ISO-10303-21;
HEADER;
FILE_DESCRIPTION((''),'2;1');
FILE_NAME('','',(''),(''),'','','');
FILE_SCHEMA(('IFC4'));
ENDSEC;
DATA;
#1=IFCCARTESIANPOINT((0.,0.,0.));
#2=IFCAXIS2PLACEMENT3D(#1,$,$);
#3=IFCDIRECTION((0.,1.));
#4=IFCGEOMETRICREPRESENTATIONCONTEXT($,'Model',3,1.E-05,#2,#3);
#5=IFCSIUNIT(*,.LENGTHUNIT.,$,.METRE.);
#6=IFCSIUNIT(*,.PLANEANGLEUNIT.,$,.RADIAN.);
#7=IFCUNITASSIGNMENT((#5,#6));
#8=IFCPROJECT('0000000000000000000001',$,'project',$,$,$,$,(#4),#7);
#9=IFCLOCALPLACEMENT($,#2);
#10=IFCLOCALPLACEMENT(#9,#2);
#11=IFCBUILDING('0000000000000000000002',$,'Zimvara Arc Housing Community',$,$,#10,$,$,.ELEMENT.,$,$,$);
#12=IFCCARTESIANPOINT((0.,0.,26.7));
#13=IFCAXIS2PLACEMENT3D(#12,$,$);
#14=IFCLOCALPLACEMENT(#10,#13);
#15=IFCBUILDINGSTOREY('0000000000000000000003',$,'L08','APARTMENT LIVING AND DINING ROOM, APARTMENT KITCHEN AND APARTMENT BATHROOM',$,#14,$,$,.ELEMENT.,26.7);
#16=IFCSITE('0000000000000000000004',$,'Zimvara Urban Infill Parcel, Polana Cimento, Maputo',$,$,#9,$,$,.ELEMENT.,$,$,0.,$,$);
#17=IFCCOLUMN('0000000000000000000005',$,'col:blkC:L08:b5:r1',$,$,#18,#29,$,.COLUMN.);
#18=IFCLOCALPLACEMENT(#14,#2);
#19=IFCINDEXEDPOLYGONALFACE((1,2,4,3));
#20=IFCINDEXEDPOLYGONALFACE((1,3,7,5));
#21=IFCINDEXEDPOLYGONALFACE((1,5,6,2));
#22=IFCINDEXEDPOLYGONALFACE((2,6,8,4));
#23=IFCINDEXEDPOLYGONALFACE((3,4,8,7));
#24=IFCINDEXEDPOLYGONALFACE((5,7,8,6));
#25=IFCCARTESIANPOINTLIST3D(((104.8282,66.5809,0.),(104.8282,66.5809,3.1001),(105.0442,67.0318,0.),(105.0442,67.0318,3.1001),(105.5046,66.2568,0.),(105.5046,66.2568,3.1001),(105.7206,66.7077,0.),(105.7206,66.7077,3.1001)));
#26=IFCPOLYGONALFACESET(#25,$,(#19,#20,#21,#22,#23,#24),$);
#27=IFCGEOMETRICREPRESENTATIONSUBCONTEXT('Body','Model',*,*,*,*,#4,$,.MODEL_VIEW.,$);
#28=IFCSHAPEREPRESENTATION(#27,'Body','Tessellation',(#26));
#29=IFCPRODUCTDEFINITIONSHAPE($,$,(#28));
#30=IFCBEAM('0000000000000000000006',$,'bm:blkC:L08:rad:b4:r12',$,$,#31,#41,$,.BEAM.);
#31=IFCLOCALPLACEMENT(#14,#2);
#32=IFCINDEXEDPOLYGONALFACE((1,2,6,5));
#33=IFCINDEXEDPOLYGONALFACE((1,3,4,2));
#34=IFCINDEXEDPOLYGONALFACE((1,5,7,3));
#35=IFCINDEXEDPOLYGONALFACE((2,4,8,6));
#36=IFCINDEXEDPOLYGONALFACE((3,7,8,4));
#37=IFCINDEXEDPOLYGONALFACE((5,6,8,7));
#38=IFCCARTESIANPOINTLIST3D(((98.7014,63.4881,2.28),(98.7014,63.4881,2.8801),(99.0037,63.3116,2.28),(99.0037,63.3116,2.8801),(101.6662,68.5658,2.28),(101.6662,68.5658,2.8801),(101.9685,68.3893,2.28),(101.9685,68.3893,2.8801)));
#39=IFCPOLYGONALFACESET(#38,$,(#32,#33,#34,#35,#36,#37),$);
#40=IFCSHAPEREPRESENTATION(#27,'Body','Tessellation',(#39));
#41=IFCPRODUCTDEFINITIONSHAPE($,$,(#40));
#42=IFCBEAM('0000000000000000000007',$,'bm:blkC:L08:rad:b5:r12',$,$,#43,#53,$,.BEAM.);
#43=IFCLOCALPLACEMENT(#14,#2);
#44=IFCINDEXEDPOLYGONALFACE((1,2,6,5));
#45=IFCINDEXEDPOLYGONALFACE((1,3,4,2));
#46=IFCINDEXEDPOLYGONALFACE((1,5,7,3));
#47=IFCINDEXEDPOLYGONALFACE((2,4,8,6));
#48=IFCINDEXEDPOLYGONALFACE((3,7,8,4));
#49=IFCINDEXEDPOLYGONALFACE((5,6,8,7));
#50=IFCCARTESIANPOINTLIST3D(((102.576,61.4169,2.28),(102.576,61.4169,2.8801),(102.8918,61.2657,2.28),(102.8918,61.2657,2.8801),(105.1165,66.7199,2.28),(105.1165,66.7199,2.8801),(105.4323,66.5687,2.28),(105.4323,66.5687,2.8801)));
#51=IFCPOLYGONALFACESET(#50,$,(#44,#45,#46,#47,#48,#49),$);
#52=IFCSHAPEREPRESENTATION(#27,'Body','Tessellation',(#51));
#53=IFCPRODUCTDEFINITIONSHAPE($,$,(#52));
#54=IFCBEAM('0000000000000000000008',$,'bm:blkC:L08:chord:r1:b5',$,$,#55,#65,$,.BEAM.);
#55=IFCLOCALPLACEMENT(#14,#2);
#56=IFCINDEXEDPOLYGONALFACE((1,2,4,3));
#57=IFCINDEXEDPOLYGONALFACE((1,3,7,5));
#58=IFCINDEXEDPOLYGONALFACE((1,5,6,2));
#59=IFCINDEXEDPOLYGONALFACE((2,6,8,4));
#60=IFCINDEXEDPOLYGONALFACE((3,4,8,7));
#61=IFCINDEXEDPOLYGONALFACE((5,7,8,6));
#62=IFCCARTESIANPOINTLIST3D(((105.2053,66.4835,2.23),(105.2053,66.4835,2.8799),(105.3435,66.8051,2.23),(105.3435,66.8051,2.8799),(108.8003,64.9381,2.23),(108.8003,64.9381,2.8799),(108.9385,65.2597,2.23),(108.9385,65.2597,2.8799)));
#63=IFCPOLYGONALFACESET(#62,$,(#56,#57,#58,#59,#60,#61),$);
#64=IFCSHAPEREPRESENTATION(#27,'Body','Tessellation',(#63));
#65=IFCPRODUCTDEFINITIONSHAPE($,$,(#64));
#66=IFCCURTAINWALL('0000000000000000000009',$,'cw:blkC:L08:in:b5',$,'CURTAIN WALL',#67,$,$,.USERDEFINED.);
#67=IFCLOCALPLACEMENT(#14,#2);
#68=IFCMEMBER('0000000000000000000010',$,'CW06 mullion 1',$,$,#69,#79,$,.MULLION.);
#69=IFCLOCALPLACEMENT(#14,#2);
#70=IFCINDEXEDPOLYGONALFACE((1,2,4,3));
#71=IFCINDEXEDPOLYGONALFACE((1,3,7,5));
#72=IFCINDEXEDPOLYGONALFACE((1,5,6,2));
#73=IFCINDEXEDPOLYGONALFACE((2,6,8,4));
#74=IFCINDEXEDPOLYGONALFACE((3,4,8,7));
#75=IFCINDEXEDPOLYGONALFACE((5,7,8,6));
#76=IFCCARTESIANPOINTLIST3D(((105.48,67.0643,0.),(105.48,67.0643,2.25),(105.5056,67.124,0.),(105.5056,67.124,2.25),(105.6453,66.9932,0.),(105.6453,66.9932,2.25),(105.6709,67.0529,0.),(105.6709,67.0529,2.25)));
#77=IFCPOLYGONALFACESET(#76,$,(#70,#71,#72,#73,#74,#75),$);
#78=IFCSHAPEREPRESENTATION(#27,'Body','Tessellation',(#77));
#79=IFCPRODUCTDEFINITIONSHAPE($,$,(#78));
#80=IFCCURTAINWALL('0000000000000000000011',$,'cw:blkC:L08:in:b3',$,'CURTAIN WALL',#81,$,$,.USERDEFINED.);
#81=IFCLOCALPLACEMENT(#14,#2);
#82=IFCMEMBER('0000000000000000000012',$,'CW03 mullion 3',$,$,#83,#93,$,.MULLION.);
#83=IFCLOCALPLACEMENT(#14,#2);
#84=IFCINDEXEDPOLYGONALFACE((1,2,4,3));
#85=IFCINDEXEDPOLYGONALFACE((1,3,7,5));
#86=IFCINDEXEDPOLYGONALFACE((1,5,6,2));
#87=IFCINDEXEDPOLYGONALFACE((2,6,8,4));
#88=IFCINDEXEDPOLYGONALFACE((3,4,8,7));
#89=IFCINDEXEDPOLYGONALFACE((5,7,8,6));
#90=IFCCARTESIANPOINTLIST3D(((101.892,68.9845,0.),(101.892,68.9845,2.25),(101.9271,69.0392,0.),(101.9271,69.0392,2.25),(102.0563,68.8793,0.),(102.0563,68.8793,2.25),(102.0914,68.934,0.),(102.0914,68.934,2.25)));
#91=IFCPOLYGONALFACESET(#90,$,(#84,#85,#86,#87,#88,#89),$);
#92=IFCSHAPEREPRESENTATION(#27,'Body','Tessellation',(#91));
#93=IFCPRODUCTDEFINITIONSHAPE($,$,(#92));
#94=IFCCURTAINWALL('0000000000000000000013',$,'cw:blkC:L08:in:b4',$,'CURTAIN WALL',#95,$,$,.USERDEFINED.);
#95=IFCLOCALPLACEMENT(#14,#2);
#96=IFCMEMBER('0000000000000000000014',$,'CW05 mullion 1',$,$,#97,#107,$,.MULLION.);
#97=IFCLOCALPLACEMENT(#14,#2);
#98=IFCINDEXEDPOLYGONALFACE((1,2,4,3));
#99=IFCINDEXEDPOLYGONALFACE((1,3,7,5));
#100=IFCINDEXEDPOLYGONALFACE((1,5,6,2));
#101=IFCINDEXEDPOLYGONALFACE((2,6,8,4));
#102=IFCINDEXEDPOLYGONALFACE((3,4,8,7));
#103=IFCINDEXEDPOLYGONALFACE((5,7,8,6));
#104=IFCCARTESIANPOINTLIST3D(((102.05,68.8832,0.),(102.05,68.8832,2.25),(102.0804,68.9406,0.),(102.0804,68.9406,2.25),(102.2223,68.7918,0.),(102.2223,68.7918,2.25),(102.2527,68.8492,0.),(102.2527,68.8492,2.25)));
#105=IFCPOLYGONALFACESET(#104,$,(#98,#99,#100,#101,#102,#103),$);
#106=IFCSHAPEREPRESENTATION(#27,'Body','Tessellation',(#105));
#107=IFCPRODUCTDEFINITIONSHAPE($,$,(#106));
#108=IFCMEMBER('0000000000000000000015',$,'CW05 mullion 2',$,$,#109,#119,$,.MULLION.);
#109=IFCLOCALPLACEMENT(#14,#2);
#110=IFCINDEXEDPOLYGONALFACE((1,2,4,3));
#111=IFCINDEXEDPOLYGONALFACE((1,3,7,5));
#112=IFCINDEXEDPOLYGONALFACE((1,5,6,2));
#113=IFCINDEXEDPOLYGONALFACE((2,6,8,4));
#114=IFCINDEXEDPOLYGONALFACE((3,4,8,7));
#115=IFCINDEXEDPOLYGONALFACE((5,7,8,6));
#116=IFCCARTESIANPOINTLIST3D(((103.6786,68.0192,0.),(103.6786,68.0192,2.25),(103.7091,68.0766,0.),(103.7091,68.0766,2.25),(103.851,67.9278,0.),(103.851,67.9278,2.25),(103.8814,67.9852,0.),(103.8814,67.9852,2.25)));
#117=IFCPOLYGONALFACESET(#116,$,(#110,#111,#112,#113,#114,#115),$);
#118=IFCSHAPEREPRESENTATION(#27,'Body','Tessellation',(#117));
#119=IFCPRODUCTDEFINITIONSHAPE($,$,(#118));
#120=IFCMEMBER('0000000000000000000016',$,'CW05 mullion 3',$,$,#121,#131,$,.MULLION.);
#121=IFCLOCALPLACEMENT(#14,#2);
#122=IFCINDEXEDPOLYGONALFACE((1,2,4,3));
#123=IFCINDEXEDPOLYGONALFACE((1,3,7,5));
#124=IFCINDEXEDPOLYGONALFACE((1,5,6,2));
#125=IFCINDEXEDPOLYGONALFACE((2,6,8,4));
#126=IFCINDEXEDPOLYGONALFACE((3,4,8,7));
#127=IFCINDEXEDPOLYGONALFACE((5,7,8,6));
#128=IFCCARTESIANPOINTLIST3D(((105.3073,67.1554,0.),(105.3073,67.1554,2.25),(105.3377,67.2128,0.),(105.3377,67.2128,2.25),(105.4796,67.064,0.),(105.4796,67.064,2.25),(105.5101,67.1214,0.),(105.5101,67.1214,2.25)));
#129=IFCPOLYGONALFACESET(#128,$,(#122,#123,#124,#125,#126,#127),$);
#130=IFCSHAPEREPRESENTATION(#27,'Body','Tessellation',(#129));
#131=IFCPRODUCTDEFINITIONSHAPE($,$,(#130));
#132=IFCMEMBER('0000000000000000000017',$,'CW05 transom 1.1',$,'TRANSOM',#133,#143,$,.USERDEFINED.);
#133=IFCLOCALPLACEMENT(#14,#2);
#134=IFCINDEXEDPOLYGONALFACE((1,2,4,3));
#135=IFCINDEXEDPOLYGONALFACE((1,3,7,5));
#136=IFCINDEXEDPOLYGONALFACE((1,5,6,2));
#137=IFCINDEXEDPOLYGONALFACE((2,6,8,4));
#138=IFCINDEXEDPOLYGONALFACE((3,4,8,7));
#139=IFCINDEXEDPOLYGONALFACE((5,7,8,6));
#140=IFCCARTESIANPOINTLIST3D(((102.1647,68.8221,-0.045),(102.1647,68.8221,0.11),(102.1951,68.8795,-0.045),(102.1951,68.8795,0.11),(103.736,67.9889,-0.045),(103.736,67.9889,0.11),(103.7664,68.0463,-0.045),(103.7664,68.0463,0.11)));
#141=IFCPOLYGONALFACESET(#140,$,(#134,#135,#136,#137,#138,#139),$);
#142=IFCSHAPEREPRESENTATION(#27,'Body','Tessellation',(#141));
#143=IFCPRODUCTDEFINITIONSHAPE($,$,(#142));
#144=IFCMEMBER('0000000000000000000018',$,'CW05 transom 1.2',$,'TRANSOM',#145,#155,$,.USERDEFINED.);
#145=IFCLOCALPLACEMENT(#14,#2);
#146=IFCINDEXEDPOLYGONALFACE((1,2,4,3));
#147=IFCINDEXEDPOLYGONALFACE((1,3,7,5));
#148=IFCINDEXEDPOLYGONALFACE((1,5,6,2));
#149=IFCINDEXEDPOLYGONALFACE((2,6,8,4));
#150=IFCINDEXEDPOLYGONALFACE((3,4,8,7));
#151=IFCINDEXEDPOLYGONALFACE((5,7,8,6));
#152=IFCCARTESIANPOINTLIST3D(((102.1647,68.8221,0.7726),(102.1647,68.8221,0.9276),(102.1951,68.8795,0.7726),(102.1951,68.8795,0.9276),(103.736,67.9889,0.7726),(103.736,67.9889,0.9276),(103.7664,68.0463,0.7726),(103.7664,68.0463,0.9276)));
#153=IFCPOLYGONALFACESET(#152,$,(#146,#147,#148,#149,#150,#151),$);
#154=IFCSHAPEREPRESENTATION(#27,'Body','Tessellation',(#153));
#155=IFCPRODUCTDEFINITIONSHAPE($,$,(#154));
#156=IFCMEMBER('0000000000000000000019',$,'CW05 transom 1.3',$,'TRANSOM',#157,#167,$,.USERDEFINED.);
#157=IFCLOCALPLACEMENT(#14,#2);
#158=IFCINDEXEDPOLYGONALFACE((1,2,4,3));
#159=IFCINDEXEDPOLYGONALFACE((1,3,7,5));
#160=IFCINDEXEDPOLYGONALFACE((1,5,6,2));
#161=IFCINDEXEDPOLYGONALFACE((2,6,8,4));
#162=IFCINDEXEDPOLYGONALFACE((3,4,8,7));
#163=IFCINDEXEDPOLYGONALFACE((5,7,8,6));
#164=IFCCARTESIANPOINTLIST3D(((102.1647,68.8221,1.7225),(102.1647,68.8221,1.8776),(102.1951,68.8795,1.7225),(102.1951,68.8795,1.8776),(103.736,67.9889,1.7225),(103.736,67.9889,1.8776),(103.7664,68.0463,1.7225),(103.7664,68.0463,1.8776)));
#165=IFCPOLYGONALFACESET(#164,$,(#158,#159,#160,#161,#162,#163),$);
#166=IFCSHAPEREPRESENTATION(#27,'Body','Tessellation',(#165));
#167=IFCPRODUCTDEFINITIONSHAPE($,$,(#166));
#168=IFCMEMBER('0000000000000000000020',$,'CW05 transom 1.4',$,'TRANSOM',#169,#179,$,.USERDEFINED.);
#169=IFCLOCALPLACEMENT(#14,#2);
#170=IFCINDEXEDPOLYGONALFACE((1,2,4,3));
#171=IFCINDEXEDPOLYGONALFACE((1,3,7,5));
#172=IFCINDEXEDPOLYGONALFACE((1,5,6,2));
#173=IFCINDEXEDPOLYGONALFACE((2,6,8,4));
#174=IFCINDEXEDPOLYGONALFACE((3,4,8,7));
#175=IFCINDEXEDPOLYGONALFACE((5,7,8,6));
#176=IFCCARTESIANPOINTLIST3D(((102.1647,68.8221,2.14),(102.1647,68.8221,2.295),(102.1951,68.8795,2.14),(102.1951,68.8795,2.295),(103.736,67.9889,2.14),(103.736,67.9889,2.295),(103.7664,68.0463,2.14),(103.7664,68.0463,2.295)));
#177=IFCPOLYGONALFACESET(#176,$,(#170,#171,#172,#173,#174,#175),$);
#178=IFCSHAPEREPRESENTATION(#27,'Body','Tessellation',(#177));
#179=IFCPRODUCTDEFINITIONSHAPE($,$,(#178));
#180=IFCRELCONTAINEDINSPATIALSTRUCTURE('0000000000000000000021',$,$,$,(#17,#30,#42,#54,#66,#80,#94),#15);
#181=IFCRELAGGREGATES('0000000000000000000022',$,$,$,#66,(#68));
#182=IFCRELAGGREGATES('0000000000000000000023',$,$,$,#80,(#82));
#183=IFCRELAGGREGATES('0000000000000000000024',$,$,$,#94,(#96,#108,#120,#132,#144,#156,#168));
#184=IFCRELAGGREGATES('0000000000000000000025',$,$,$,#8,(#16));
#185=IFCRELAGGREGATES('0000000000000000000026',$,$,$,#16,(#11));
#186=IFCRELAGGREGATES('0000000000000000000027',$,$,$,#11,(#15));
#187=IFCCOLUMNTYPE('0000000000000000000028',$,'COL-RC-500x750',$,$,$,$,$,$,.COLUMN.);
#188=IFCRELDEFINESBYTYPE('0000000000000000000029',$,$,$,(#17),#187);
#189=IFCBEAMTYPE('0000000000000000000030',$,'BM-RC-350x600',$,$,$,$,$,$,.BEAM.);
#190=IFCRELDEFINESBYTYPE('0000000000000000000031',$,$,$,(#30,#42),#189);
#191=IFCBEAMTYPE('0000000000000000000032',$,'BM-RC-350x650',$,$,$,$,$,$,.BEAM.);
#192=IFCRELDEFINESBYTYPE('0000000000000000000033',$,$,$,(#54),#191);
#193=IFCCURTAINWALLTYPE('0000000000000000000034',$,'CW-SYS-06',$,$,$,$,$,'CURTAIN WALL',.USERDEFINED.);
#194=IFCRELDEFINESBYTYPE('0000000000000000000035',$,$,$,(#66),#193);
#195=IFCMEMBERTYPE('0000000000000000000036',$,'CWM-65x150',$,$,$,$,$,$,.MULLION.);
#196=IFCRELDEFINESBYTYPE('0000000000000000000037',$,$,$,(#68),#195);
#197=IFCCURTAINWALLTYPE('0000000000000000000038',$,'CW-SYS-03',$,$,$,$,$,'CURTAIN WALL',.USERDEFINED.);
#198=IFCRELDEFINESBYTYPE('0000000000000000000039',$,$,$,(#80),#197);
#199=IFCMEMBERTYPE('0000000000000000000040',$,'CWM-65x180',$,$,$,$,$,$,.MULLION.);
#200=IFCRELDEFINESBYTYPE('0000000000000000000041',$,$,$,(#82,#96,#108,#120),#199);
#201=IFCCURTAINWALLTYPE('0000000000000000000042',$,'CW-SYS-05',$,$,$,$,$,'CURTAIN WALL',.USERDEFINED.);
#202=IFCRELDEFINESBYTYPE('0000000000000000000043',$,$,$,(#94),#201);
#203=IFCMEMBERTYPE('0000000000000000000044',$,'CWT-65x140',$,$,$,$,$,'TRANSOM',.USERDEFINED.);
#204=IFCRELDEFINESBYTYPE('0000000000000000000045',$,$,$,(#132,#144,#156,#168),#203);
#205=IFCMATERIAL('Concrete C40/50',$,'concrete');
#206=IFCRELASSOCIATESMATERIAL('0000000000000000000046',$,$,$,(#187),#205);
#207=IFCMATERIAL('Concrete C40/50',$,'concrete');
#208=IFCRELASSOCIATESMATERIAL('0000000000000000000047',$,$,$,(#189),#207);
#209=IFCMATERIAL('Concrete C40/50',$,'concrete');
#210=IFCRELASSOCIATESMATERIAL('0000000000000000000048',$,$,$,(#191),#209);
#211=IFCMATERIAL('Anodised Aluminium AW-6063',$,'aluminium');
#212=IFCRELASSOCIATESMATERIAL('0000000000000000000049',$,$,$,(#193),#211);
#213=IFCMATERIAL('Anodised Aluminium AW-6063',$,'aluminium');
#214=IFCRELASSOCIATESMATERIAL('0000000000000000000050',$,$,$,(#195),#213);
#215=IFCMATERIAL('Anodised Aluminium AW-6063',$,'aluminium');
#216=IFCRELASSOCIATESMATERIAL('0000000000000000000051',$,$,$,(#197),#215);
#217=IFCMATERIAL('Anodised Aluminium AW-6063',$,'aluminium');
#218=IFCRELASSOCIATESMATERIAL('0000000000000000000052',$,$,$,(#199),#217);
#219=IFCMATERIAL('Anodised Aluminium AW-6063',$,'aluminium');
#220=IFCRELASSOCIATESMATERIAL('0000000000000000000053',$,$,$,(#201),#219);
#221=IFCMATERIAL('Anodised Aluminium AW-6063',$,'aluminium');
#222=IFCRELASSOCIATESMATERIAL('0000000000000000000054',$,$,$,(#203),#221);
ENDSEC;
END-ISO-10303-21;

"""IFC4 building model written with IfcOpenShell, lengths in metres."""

from ifc_helpers import new_model, si_unit, direction, frame, origin, origin_2d, place, context, subcontext, project, spatial, rectangle, extrude, material, material_profile, profile_set, type_object, element, aggregate, save


model = new_model("IFC4")

# Units and contexts
model_context = context("Model", 3, precision=1e-05, world=origin(), true_north=direction((0.0, 1.0)))
body_context = subcontext(model_context, "Body", "Model", "MODEL_VIEW")
ifc_project = project(units=[si_unit("LENGTHUNIT", "METRE"), si_unit("PLANEANGLEUNIT", "RADIAN")], contexts=[model_context])

# Site, building, storey
site_placement = place(None, origin())
site = spatial("IfcSite", under=ifc_project, at=site_placement, Name="Zimvara Urban Infill Parcel, Polana Cimento, Maputo", CompositionType="ELEMENT", RefElevation=0.0)
building_placement = place(site_placement, origin())
building = spatial("IfcBuilding", under=site, at=building_placement, Name="Zimvara Arc Housing Community", CompositionType="ELEMENT")
storey_placement = place(building_placement, frame((0.0, 0.0, 26.7)))
storey = spatial("IfcBuildingStorey", under=building, at=storey_placement, Name="L08", Description="APARTMENT LIVING AND DINING ROOM, APARTMENT KITCHEN AND APARTMENT BATHROOM", CompositionType="ELEMENT", Elevation=26.7)

# Column
ifc_material_1 = material(Name="Concrete C40/50", Category="concrete")
ifc_material_profile_1 = material_profile(ifc_material_1, rectangle(XDim=0.5, YDim=0.75, at=origin_2d()), Name="RC 500x750")
ifc_profile_set_1 = profile_set([ifc_material_profile_1], Name="Concrete C40/50")
column_type = type_object("IfcColumnType", Name="COL-RC-500x750", PredefinedType="COLUMN", material=ifc_profile_set_1)
column_placement = place(storey_placement, frame((105.2744, 66.6443, 0.0), z_axis=(0.0, 0.0, 1.0), x_axis=(-0.432086, -0.901833, 0.0)))
element("IfcColumn", 1, at=column_placement, inside=storey, type_object=column_type, Name="col:blkC:L08:b5:r1", PredefinedType="COLUMN", context=body_context, shape_type="SweptSolid", body=[
    extrude(rectangle(XDim=0.5, YDim=0.75, at=origin_2d()), origin(), (0.0, 0.0, 1.0), 3.1001),
])

# Beams
ifc_material_2 = material(Name="Concrete C40/50", Category="concrete")
ifc_material_profile_2 = material_profile(ifc_material_2, rectangle(XDim=0.3501, YDim=0.6001, at=origin_2d()), Name="RC 350x600")
ifc_profile_set_2 = profile_set([ifc_material_profile_2], Name="Concrete C40/50")
beam_type_1 = type_object("IfcBeamType", Name="BM-RC-350x600", PredefinedType="BEAM", material=ifc_profile_set_2)
beam_1_placement = place(storey_placement, frame((101.8174, 68.4775, 2.5801), z_axis=(-0.504238, -0.863565, 0.0), x_axis=(0.863565, -0.504238, 0.0)))
element("IfcBeam", 2, at=beam_1_placement, inside=storey, type_object=beam_type_1, Name="bm:blkC:L08:rad:b4:r12", PredefinedType="BEAM", context=body_context, shape_type="SweptSolid", body=[
    extrude(rectangle(XDim=0.3501, YDim=0.6001, at=origin_2d()), origin(), (0.0, 0.0, 1.0), 5.8799),
])
beam_2_placement = place(storey_placement, frame((105.2744, 66.6443, 2.5801), z_axis=(-0.432053, -0.901848, 0.0), x_axis=(0.901848, -0.432053, 0.0)))
element("IfcBeam", 3, at=beam_2_placement, inside=storey, type_object=beam_type_1, Name="bm:blkC:L08:rad:b5:r12", PredefinedType="BEAM", context=body_context, shape_type="SweptSolid", body=[
    extrude(rectangle(XDim=0.3501, YDim=0.6001, at=origin_2d()), origin(), (0.0, 0.0, 1.0), 5.8801),
])
ifc_material_3 = material(Name="Concrete C40/50", Category="concrete")
ifc_material_profile_3 = material_profile(ifc_material_3, rectangle(XDim=0.3501, YDim=0.6499, at=origin_2d()), Name="RC 350x650")
ifc_profile_set_3 = profile_set([ifc_material_profile_3], Name="Concrete C40/50")
beam_type_2 = type_object("IfcBeamType", Name="BM-RC-350x650", PredefinedType="BEAM", material=ifc_profile_set_3)
beam_3_placement = place(storey_placement, frame((105.2744, 66.6443, 2.5549), z_axis=(0.918709, -0.394936, 0.0), x_axis=(0.394936, 0.918709, 0.0)))
element("IfcBeam", 4, at=beam_3_placement, inside=storey, type_object=beam_type_2, Name="bm:blkC:L08:chord:r1:b5", PredefinedType="BEAM", context=body_context, shape_type="SweptSolid", body=[
    extrude(rectangle(XDim=0.3501, YDim=0.6499, at=origin_2d()), origin(), (0.0, 0.0, 1.0), 3.9131),
])

# Curtain walls, members
ifc_material_4 = material(Name="Anodised Aluminium AW-6063", Category="aluminium")
curtain_wall_type_1 = type_object("IfcCurtainWallType", Name="CW-SYS-06", ElementType="CURTAIN WALL", PredefinedType="USERDEFINED", material=ifc_material_4)
curtain_wall_1_placement = place(storey_placement, origin())
curtain_wall_1 = element("IfcCurtainWall", 5, at=curtain_wall_1_placement, inside=storey, type_object=curtain_wall_type_1, Name="cw:blkC:L08:in:b5", ObjectType="CURTAIN WALL", PredefinedType="USERDEFINED")
ifc_material_5 = material(Name="Anodised Aluminium AW-6063", Category="aluminium")
ifc_material_profile_4 = material_profile(ifc_material_5, rectangle(XDim=0.0649, YDim=0.1799, at=origin_2d()), Name="ALU 65x180")
ifc_profile_set_4 = profile_set([ifc_material_profile_4], Name="Anodised Aluminium AW-6063")
member_type_1 = type_object("IfcMemberType", Name="CWM-65x150", PredefinedType="MULLION", material=ifc_profile_set_4)
member_1_placement = place(storey_placement, frame((105.5754, 67.0586, 0.0), z_axis=(0.0, 0.0, 1.0), x_axis=(0.394904, 0.918722, 0.0)))
member_1 = element("IfcMember", 6, at=member_1_placement, type_object=member_type_1, Name="CW06 mullion 1", PredefinedType="MULLION", context=body_context, shape_type="SweptSolid", body=[
    extrude(rectangle(XDim=0.0649, YDim=0.1799, at=origin_2d()), origin(), (0.0, 0.0, 1.0), 2.25),
])
aggregate(curtain_wall_1, [member_1])
ifc_material_6 = material(Name="Anodised Aluminium AW-6063", Category="aluminium")
curtain_wall_type_2 = type_object("IfcCurtainWallType", Name="CW-SYS-03", ElementType="CURTAIN WALL", PredefinedType="USERDEFINED", material=ifc_material_6)
curtain_wall_2_placement = place(storey_placement, origin())
curtain_wall_2 = element("IfcCurtainWall", 7, at=curtain_wall_2_placement, inside=storey, type_object=curtain_wall_type_2, Name="cw:blkC:L08:in:b3", ObjectType="CURTAIN WALL", PredefinedType="USERDEFINED")
ifc_material_7 = material(Name="Anodised Aluminium AW-6063", Category="aluminium")
ifc_material_profile_5 = material_profile(ifc_material_7, rectangle(XDim=0.0649, YDim=0.1951, at=origin_2d()), Name="ALU 65x195")
ifc_profile_set_5 = profile_set([ifc_material_profile_5], Name="Anodised Aluminium AW-6063")
member_type_2 = type_object("IfcMemberType", Name="CWM-65x180", PredefinedType="MULLION", material=ifc_profile_set_5)
member_2_placement = place(storey_placement, frame((101.9917, 68.9592, 0.0), z_axis=(0.0, 0.0, 1.0), x_axis=(0.539065, 0.842264, 0.0)))
member_2 = element("IfcMember", 8, at=member_2_placement, type_object=member_type_2, Name="CW03 mullion 3", PredefinedType="MULLION", context=body_context, shape_type="SweptSolid", body=[
    extrude(rectangle(XDim=0.0649, YDim=0.1951, at=origin_2d()), origin(), (0.0, 0.0, 1.0), 2.25),
])
aggregate(curtain_wall_2, [member_2])

# Curtain wall, members
ifc_material_8 = material(Name="Anodised Aluminium AW-6063", Category="aluminium")
curtain_wall_type_3 = type_object("IfcCurtainWallType", Name="CW-SYS-05", ElementType="CURTAIN WALL", PredefinedType="USERDEFINED", material=ifc_material_8)
curtain_wall_3_placement = place(storey_placement, origin())
curtain_wall_3 = element("IfcCurtainWall", 9, at=curtain_wall_3_placement, inside=storey, type_object=curtain_wall_type_3, Name="cw:blkC:L08:in:b4", ObjectType="CURTAIN WALL", PredefinedType="USERDEFINED")
member_3_placement = place(storey_placement, frame((102.1514, 68.8662, 0.0), z_axis=(0.0, 0.0, 1.0), x_axis=(0.468547, 0.883439, 0.0)))
member_3 = element("IfcMember", 10, at=member_3_placement, type_object=member_type_2, Name="CW05 mullion 1", PredefinedType="MULLION", context=body_context, shape_type="SweptSolid", body=[
    extrude(rectangle(XDim=0.0649, YDim=0.1951, at=origin_2d()), origin(), (0.0, 0.0, 1.0), 2.25),
])
member_4_placement = place(storey_placement, frame((103.78, 68.0022, 0.0), z_axis=(0.0, 0.0, 1.0), x_axis=(0.468547, 0.883439, 0.0)))
member_4 = element("IfcMember", 11, at=member_4_placement, type_object=member_type_2, Name="CW05 mullion 2", PredefinedType="MULLION", context=body_context, shape_type="SweptSolid", body=[
    extrude(rectangle(XDim=0.0649, YDim=0.1951, at=origin_2d()), origin(), (0.0, 0.0, 1.0), 2.25),
])
member_5_placement = place(storey_placement, frame((105.4087, 67.1384, 0.0), z_axis=(0.0, 0.0, 1.0), x_axis=(0.468547, 0.883439, 0.0)))
member_5 = element("IfcMember", 12, at=member_5_placement, type_object=member_type_2, Name="CW05 mullion 3", PredefinedType="MULLION", context=body_context, shape_type="SweptSolid", body=[
    extrude(rectangle(XDim=0.0649, YDim=0.1951, at=origin_2d()), origin(), (0.0, 0.0, 1.0), 2.25),
])
ifc_material_9 = material(Name="Anodised Aluminium AW-6063", Category="aluminium")
ifc_material_profile_6 = material_profile(ifc_material_9, rectangle(XDim=0.0649, YDim=0.155, at=origin_2d()), Name="ALU 65x155")
ifc_profile_set_6 = profile_set([ifc_material_profile_6], Name="Anodised Aluminium AW-6063")
member_type_3 = type_object("IfcMemberType", Name="CWT-65x140", ElementType="TRANSOM", PredefinedType="USERDEFINED", material=ifc_profile_set_6)
member_6_placement = place(storey_placement, frame((102.1799, 68.8508, 0.0325), z_axis=(0.883464, -0.468499, 0.0), x_axis=(0.468499, 0.883464, 0.0)))
member_6 = element("IfcMember", 13, at=member_6_placement, type_object=member_type_3, Name="CW05 transom 1.1", ObjectType="TRANSOM", PredefinedType="USERDEFINED", context=body_context, shape_type="SweptSolid", body=[
    extrude(rectangle(XDim=0.0649, YDim=0.155, at=origin_2d()), origin(), (0.0, 0.0, 1.0), 1.7786),
])
member_7_placement = place(storey_placement, frame((102.1799, 68.8508, 0.8501), z_axis=(0.883464, -0.468499, 0.0), x_axis=(0.468499, 0.883464, 0.0)))
member_7 = element("IfcMember", 14, at=member_7_placement, type_object=member_type_3, Name="CW05 transom 1.2", ObjectType="TRANSOM", PredefinedType="USERDEFINED", context=body_context, shape_type="SweptSolid", body=[
    extrude(rectangle(XDim=0.0649, YDim=0.155, at=origin_2d()), origin(), (0.0, 0.0, 1.0), 1.7786),
])
member_8_placement = place(storey_placement, frame((102.1799, 68.8508, 1.8), z_axis=(0.883464, -0.468499, 0.0), x_axis=(0.468499, 0.883464, 0.0)))
member_8 = element("IfcMember", 15, at=member_8_placement, type_object=member_type_3, Name="CW05 transom 1.3", ObjectType="TRANSOM", PredefinedType="USERDEFINED", context=body_context, shape_type="SweptSolid", body=[
    extrude(rectangle(XDim=0.0649, YDim=0.155, at=origin_2d()), origin(), (0.0, 0.0, 1.0), 1.7786),
])
member_9_placement = place(storey_placement, frame((102.1799, 68.8508, 2.2175), z_axis=(0.883464, -0.468499, 0.0), x_axis=(0.468499, 0.883464, 0.0)))
member_9 = element("IfcMember", 16, at=member_9_placement, type_object=member_type_3, Name="CW05 transom 1.4", ObjectType="TRANSOM", PredefinedType="USERDEFINED", context=body_context, shape_type="SweptSolid", body=[
    extrude(rectangle(XDim=0.0649, YDim=0.155, at=origin_2d()), origin(), (0.0, 0.0, 1.0), 1.7786),
])
aggregate(curtain_wall_3, [member_3, member_4, member_5, member_6, member_7, member_8, member_9])

save(model, "model.ifc")
